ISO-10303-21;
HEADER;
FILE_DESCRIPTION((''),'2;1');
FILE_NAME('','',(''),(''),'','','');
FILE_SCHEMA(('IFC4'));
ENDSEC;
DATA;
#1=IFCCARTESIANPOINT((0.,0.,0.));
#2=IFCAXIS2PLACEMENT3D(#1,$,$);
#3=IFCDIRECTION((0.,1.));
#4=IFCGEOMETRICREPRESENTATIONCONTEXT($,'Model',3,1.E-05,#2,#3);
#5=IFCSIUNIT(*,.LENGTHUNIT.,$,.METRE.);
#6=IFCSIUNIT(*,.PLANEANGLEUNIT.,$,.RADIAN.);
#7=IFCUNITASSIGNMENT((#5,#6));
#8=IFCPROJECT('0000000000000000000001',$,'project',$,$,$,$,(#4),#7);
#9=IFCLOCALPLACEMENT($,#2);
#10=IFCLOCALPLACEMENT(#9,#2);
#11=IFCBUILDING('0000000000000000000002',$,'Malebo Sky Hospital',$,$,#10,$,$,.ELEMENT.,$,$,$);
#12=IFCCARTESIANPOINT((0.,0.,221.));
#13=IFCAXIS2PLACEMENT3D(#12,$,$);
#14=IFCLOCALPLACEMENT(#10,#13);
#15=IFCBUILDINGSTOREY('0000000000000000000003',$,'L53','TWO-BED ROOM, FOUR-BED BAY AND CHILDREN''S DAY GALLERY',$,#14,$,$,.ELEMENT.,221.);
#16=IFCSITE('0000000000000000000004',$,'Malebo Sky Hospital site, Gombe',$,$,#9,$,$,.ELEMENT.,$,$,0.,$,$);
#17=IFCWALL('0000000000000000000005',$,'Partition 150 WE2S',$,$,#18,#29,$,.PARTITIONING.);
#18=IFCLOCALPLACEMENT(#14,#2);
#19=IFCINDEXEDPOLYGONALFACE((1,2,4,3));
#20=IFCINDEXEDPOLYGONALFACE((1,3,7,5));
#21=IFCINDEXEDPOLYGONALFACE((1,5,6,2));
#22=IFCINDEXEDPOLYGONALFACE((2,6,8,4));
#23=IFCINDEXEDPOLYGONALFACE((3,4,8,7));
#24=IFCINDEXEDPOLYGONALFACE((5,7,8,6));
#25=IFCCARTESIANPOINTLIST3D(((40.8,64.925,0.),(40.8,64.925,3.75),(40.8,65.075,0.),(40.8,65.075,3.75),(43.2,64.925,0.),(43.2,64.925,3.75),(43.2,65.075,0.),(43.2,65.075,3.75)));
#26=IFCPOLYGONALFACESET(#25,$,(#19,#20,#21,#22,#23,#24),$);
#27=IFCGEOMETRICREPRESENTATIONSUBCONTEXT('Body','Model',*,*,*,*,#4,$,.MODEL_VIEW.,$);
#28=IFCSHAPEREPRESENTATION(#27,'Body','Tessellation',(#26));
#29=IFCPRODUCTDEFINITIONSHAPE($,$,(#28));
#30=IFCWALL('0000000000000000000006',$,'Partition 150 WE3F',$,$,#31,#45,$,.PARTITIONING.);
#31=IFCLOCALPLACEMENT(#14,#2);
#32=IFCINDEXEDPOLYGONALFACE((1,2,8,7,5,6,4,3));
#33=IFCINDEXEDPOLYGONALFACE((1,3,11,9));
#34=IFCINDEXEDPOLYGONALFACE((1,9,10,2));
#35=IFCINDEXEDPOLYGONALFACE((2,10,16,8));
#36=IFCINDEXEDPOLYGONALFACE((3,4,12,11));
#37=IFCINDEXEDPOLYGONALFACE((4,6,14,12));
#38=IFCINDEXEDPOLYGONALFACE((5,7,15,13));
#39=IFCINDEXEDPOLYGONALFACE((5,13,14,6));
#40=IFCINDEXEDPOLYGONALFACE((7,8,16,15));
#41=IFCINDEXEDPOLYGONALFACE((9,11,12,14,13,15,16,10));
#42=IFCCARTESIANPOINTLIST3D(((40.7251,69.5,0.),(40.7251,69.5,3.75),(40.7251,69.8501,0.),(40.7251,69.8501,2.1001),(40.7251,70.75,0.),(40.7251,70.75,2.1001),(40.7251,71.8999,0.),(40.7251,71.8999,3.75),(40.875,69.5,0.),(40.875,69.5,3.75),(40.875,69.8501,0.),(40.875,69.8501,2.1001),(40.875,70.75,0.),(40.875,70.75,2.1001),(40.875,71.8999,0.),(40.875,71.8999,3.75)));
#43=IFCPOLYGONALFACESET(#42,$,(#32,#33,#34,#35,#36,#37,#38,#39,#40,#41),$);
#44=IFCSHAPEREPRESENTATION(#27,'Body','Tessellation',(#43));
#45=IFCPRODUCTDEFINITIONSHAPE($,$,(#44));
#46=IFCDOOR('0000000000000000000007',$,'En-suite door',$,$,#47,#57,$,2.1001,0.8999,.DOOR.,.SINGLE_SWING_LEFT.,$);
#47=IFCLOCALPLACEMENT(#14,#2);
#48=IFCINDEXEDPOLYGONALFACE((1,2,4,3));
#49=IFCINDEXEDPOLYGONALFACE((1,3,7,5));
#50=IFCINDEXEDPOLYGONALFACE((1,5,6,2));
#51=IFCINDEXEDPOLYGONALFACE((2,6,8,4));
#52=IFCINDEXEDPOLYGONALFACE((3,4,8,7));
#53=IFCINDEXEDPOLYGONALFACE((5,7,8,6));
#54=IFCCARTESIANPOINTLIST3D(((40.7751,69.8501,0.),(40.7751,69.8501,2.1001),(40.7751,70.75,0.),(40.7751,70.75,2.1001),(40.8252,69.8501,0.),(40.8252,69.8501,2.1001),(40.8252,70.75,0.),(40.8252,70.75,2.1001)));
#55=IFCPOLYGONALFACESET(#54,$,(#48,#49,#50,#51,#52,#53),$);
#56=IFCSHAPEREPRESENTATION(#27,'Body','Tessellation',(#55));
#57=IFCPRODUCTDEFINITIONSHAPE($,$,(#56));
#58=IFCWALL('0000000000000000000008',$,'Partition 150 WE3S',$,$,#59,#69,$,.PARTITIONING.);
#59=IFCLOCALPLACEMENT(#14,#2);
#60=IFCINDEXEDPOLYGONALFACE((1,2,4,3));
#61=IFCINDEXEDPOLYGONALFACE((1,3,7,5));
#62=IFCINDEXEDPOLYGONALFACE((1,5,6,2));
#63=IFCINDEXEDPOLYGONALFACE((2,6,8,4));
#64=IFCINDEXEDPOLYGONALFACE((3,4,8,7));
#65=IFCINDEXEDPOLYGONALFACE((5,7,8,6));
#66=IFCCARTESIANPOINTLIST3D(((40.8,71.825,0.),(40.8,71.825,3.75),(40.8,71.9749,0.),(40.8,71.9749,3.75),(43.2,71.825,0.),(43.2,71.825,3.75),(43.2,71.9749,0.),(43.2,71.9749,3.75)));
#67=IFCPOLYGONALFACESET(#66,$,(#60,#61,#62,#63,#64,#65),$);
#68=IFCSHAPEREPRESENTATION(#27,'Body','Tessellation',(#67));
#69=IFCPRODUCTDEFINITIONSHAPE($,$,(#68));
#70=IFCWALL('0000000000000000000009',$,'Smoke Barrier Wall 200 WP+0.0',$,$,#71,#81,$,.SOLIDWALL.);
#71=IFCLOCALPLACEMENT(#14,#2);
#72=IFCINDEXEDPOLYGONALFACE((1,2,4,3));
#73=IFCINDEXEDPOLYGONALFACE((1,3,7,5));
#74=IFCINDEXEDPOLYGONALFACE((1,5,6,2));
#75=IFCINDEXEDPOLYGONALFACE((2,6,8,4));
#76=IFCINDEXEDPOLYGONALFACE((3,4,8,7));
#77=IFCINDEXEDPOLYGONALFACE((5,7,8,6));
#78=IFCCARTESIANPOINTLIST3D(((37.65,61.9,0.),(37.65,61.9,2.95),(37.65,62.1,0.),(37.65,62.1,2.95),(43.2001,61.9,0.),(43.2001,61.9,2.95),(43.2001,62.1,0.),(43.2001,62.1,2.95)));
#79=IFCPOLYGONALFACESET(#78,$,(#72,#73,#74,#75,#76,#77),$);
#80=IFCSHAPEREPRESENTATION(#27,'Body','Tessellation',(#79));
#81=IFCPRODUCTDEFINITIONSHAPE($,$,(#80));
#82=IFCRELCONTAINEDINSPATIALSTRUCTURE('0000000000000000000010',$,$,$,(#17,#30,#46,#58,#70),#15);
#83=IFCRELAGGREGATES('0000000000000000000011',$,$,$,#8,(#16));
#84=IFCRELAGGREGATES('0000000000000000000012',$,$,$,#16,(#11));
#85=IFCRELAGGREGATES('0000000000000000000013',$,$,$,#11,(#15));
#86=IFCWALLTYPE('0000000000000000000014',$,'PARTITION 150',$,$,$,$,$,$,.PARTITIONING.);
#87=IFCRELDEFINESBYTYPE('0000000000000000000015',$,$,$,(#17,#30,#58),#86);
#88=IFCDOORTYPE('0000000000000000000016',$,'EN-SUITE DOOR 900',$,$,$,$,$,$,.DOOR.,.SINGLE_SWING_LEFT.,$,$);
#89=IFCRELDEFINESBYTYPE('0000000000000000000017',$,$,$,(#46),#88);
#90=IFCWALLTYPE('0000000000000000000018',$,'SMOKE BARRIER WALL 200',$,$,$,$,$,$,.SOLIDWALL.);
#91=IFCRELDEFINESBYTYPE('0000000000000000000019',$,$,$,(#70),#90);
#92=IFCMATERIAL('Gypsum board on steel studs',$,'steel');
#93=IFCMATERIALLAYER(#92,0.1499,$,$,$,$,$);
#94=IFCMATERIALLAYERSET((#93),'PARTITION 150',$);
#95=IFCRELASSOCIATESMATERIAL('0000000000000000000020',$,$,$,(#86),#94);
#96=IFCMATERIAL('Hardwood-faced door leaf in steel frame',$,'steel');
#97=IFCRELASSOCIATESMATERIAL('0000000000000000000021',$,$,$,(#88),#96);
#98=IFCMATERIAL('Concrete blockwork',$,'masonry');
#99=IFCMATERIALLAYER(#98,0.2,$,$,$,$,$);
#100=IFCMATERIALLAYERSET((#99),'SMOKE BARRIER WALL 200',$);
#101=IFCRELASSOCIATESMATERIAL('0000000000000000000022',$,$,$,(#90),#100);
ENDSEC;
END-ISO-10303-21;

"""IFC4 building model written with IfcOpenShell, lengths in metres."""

from ifc_helpers import new_model, si_unit, direction, frame, frame_2d, origin, place, context, subcontext, project, spatial, rectangle, extrude, material, layer, layer_set, type_object, element, fill, save


model = new_model("IFC4")

# Units and contexts
model_context = context("Model", 3, precision=1e-05, world=origin(), true_north=direction((0.0, 1.0)))
body_context = subcontext(model_context, "Body", "Model", "MODEL_VIEW")
ifc_project = project(units=[si_unit("LENGTHUNIT", "METRE"), si_unit("PLANEANGLEUNIT", "RADIAN")], contexts=[model_context])

# Site, building, storey
site_placement = place(None, origin())
site = spatial("IfcSite", under=ifc_project, at=site_placement, Name="Malebo Sky Hospital site, Gombe", CompositionType="ELEMENT", RefElevation=0.0)
building_placement = place(site_placement, origin())
building = spatial("IfcBuilding", under=site, at=building_placement, Name="Malebo Sky Hospital", CompositionType="ELEMENT")
storey_placement = place(building_placement, frame((0.0, 0.0, 221.0)))
storey = spatial("IfcBuildingStorey", under=building, at=storey_placement, Name="L53", Description="TWO-BED ROOM, FOUR-BED BAY AND CHILDREN'S DAY GALLERY", CompositionType="ELEMENT", Elevation=221.0)

# Shared definitions
ifc_material_1 = material(Name="Gypsum board on steel studs", Category="steel")
ifc_layer_1 = layer(ifc_material_1, 0.1499)
ifc_layer_set_1 = layer_set([ifc_layer_1], Name="PARTITION 150")
wall_type_1 = type_object("IfcWallType", Name="PARTITION 150", PredefinedType="PARTITIONING", material=ifc_layer_set_1)

# Shared definitions
ifc_material_2 = material(Name="Hardwood-faced door leaf in steel frame", Category="steel")
door_type = type_object("IfcDoorType", Name="EN-SUITE DOOR 900", OperationType="SINGLE_SWING_LEFT", PredefinedType="DOOR", material=ifc_material_2)

# Wall
wall_1_placement = place(storey_placement, frame((43.2, 65.0, 0.0), z_axis=(0.0, 0.0, 1.0), x_axis=(-1.0, 0.0, 0.0)))
element("IfcWall", 1, at=wall_1_placement, inside=storey, type_object=wall_type_1, Name="Partition 150 WE2S", PredefinedType="PARTITIONING", context=body_context, shape_type="SweptSolid", body=[
    extrude(rectangle(XDim=2.3999, YDim=0.1499, at=frame_2d((1.2, 0.0))), origin(), (0.0, 0.0, 1.0), 3.75),
])

# Wall, opening, door
wall_2_placement = place(storey_placement, frame((40.8, 69.5, 0.0), z_axis=(0.0, 0.0, 1.0), x_axis=(0.0, 1.0, 0.0)))
wall_2 = element("IfcWall", 2, at=wall_2_placement, inside=storey, type_object=wall_type_1, Name="Partition 150 WE3F", PredefinedType="PARTITIONING", context=body_context, shape_type="SweptSolid", body=[
    extrude(rectangle(XDim=2.3999, YDim=0.1499, at=frame_2d((1.2, 0.0))), origin(), (0.0, 0.0, 1.0), 3.75),
])
opening_1_placement = place(wall_2_placement, frame((0.3501, 0.0, 0.0)))
opening_1 = element("IfcOpeningElement", 3, at=opening_1_placement, cuts=wall_2, PredefinedType="OPENING", context=body_context, shape_type="SweptSolid", body=[
    extrude(rectangle(XDim=0.8999, YDim=2.1001, at=frame_2d((0.45, 1.05))), frame((0.0, 0.085, 0.0), z_axis=(0.0, -1.0, 0.0), x_axis=(1.0, 0.0, 0.0)), (0.0, 0.0, 1.0), 0.1699),
])
door_1_placement = place(opening_1_placement, origin())
door_1 = element("IfcDoor", 4, at=door_1_placement, inside=storey, type_object=door_type, Name="En-suite door", OperationType="SINGLE_SWING_LEFT", OverallHeight=2.1001, OverallWidth=0.8999, PredefinedType="DOOR", context=body_context, shape_type="SweptSolid", body=[
    extrude(rectangle(XDim=0.8999, YDim=2.1001, at=frame_2d((0.45, 1.05))), frame((0.0, 0.0249, 0.0), z_axis=(0.0, -1.0, 0.0), x_axis=(1.0, 0.0, 0.0)), (0.0, 0.0, 1.0), 0.05),
])
fill(opening_1, door_1)

# Walls
wall_3_placement = place(storey_placement, frame((43.2, 71.8999, 0.0), z_axis=(0.0, 0.0, 1.0), x_axis=(-1.0, 0.0, 0.0)))
element("IfcWall", 5, at=wall_3_placement, inside=storey, type_object=wall_type_1, Name="Partition 150 WE3S", PredefinedType="PARTITIONING", context=body_context, shape_type="SweptSolid", body=[
    extrude(rectangle(XDim=2.3999, YDim=0.1499, at=frame_2d((1.2, 0.0))), origin(), (0.0, 0.0, 1.0), 3.75),
])
ifc_material_3 = material(Name="Concrete blockwork", Category="masonry")
ifc_layer_2 = layer(ifc_material_3, 0.2)
ifc_layer_set_2 = layer_set([ifc_layer_2], Name="SMOKE BARRIER WALL 200")
wall_type_2 = type_object("IfcWallType", Name="SMOKE BARRIER WALL 200", PredefinedType="SOLIDWALL", material=ifc_layer_set_2)
wall_4_placement = place(storey_placement, frame((43.2, 62.0, 0.0), z_axis=(0.0, 0.0, 1.0), x_axis=(-1.0, 0.0, 0.0)))
element("IfcWall", 6, at=wall_4_placement, inside=storey, type_object=wall_type_2, Name="Smoke Barrier Wall 200 WP+0.0", PredefinedType="SOLIDWALL", context=body_context, shape_type="SweptSolid", body=[
    extrude(rectangle(XDim=5.55, YDim=0.2, at=frame_2d((2.7749, 0.0))), origin(), (0.0, 0.0, 1.0), 2.95),
])

save(model, "model.ifc")
